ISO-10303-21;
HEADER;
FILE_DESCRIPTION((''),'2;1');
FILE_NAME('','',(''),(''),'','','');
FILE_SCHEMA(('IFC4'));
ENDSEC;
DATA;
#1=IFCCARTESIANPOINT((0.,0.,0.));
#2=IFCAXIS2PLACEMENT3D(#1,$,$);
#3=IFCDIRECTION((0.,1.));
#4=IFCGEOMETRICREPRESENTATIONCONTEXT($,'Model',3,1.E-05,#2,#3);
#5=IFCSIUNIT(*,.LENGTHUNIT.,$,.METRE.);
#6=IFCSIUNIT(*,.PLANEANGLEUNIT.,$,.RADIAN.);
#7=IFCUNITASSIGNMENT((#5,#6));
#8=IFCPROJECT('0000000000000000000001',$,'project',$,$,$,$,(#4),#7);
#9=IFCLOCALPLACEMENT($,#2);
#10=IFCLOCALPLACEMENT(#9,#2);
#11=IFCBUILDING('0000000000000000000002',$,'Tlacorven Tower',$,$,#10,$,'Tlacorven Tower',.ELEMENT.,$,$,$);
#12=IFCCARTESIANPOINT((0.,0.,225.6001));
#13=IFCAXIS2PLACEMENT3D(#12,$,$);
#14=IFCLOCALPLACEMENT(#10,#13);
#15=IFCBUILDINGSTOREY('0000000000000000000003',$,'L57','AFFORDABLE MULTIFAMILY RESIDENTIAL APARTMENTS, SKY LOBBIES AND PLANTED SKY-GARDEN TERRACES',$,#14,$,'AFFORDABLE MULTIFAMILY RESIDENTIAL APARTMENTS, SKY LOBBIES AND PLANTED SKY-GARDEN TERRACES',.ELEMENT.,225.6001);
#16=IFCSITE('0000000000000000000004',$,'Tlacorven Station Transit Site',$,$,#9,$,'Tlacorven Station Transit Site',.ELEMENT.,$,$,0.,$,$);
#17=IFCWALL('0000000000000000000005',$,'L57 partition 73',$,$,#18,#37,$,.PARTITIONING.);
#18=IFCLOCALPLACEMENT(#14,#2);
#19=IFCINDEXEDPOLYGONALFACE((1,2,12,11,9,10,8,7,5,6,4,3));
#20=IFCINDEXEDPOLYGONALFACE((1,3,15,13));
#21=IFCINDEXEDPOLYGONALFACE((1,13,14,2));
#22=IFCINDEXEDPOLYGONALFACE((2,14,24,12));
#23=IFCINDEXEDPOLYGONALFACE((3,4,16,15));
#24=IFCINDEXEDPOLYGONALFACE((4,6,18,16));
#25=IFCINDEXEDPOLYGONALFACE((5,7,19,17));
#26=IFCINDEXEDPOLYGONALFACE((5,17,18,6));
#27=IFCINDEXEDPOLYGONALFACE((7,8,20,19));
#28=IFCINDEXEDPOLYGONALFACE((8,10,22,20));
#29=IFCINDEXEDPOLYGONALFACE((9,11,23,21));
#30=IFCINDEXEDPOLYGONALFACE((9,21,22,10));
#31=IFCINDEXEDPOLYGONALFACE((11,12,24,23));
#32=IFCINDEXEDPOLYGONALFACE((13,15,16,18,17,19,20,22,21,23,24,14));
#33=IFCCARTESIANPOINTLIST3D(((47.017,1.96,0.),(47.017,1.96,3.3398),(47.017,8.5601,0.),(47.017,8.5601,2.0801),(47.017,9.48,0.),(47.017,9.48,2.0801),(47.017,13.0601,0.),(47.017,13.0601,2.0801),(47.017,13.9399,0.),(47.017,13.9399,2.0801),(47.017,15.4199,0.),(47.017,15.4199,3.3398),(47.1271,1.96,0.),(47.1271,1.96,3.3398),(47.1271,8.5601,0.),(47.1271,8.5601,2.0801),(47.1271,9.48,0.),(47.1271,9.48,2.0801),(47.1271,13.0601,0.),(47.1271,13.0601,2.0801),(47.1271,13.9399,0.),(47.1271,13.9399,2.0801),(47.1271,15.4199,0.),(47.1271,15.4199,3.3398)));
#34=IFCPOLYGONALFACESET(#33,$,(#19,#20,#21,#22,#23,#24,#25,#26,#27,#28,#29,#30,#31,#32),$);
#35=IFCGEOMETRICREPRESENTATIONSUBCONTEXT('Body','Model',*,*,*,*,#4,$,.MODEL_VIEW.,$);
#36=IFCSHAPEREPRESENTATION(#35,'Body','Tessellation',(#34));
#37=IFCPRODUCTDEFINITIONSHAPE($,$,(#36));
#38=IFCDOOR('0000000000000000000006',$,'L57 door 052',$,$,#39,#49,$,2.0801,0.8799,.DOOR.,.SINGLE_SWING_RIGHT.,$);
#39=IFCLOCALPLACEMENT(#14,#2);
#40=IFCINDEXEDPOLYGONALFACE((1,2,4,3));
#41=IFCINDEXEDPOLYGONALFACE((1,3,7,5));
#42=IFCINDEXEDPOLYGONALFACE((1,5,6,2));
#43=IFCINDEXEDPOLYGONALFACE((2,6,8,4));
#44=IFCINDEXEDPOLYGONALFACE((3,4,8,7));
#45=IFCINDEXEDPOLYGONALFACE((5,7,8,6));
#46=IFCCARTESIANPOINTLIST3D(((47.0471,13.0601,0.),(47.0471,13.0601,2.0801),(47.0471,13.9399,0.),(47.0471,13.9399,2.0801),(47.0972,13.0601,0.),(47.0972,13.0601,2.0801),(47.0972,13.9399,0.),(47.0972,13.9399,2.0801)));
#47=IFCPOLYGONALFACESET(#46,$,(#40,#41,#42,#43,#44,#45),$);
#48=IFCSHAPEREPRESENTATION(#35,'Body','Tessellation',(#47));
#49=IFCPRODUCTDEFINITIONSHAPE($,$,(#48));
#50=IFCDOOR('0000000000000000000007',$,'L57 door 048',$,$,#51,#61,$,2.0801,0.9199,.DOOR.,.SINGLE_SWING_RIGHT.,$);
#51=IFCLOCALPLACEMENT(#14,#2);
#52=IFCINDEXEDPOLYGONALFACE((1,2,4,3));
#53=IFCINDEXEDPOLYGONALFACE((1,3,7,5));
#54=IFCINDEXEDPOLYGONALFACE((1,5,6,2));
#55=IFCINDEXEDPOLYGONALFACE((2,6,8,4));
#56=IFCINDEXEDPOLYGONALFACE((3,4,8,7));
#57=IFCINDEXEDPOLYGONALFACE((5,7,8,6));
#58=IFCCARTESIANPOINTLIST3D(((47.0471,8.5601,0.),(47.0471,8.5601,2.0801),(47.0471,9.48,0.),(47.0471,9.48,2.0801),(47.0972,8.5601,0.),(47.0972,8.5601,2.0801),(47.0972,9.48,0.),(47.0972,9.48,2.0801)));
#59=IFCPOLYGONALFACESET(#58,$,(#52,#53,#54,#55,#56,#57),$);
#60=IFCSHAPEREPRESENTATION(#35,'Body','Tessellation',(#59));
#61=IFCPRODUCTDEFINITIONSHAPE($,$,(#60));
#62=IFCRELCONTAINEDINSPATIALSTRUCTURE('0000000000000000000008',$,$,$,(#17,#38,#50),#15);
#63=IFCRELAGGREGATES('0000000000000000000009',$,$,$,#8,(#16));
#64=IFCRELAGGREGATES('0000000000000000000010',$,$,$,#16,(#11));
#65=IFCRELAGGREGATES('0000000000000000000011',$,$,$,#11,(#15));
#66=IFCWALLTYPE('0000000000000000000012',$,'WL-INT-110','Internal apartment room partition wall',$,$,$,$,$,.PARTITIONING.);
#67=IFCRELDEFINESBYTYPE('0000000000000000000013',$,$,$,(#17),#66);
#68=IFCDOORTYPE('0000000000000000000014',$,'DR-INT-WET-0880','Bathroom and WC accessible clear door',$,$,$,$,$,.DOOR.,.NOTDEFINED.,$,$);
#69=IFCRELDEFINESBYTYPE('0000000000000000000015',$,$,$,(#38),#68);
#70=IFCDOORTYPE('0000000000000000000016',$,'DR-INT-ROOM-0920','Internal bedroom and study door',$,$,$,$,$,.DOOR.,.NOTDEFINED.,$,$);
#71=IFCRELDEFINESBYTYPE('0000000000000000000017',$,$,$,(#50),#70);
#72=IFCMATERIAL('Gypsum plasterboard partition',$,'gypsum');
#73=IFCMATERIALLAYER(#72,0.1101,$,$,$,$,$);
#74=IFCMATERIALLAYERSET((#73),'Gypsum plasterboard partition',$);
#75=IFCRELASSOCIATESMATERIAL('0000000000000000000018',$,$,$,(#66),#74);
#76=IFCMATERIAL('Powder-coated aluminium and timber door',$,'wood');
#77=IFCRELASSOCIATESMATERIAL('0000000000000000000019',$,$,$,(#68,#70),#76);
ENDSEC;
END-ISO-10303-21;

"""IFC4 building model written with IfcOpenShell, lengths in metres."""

from ifc_helpers import new_model, si_unit, direction, frame, frame_2d, origin, place, context, subcontext, project, spatial, rectangle, extrude, source, transform, mapped, material, layer, layer_set, type_object, element, fill, save


model = new_model("IFC4")

# Units and contexts
model_context = context("Model", 3, precision=1e-05, world=origin(), true_north=direction((0.0, 1.0)))
body_context = subcontext(model_context, "Body", "Model", "MODEL_VIEW")
ifc_project = project(units=[si_unit("LENGTHUNIT", "METRE"), si_unit("PLANEANGLEUNIT", "RADIAN")], contexts=[model_context])

# Site, building, storey
site_placement = place(None, origin())
site = spatial("IfcSite", under=ifc_project, at=site_placement, Name="Tlacorven Station Transit Site", LongName="Tlacorven Station Transit Site", CompositionType="ELEMENT", RefElevation=0.0)
building_placement = place(site_placement, origin())
building = spatial("IfcBuilding", under=site, at=building_placement, Name="Tlacorven Tower", LongName="Tlacorven Tower", CompositionType="ELEMENT")
storey_placement = place(building_placement, frame((0.0, 0.0, 225.6001)))
storey = spatial("IfcBuildingStorey", under=building, at=storey_placement, Name="L57", Description="AFFORDABLE MULTIFAMILY RESIDENTIAL APARTMENTS, SKY LOBBIES AND PLANTED SKY-GARDEN TERRACES", LongName="AFFORDABLE MULTIFAMILY RESIDENTIAL APARTMENTS, SKY LOBBIES AND PLANTED SKY-GARDEN TERRACES", CompositionType="ELEMENT", Elevation=225.6001)

# Wall, openings, doors
ifc_material_1 = material(Name="Gypsum plasterboard partition", Category="gypsum")
ifc_layer_1 = layer(ifc_material_1, 0.1101)
ifc_layer_set_1 = layer_set([ifc_layer_1], Name="Gypsum plasterboard partition")
wall_type_1 = type_object("IfcWallType", Name="WL-INT-110", Description="Internal apartment room partition wall", PredefinedType="PARTITIONING", material=ifc_layer_set_1)
ifc_material_2 = material(Name="Powder-coated aluminium and timber door", Category="wood")
door_type_1 = type_object("IfcDoorType", Name="DR-INT-WET-0880", Description="Bathroom and WC accessible clear door", OperationType="NOTDEFINED", PredefinedType="DOOR", material=ifc_material_2)
shared_shape_1 = source(origin(), body_context, "Body", "SweptSolid", [
    extrude(rectangle(XDim=0.8799, YDim=2.0801, at=frame_2d((0.4399, 1.04))), frame((0.0, 0.0249, 0.0), z_axis=(0.0, -1.0, 0.0), x_axis=(1.0, 0.0, 0.0)), (0.0, 0.0, 1.0), 0.05),
])
door_type_2 = type_object("IfcDoorType", Name="DR-INT-ROOM-0920", Description="Internal bedroom and study door", OperationType="NOTDEFINED", PredefinedType="DOOR", material=ifc_material_2)
shared_shape_2 = source(origin(), body_context, "Body", "SweptSolid", [
    extrude(rectangle(XDim=0.9199, YDim=2.0801, at=frame_2d((0.46, 1.04))), frame((0.0, 0.0249, 0.0), z_axis=(0.0, -1.0, 0.0), x_axis=(1.0, 0.0, 0.0)), (0.0, 0.0, 1.0), 0.05),
])
wall_1_placement = place(storey_placement, frame((47.072, 1.96, 0.0), z_axis=(0.0, 0.0, 1.0), x_axis=(0.0, 1.0, 0.0)))
wall_1 = element("IfcWall", 1, at=wall_1_placement, inside=storey, type_object=wall_type_1, Name="L57 partition 73", PredefinedType="PARTITIONING", context=body_context, shape_type="SweptSolid", body=[
    extrude(rectangle(XDim=13.46, YDim=0.1101, at=frame_2d((6.73, 0.0))), origin(), (0.0, 0.0, 1.0), 3.3398),
])
opening_1_placement = place(wall_1_placement, frame((6.6001, 0.0, 0.0)))
opening_1 = element("IfcOpeningElement", 2, at=opening_1_placement, cuts=wall_1, PredefinedType="OPENING", context=body_context, shape_type="SweptSolid", body=[
    extrude(rectangle(XDim=0.9199, YDim=2.0801, at=frame_2d((0.46, 1.04))), frame((0.0, 0.0649, 0.0), z_axis=(0.0, -1.0, 0.0), x_axis=(1.0, 0.0, 0.0)), (0.0, 0.0, 1.0), 0.1301),
])
opening_2_placement = place(wall_1_placement, frame((11.1001, 0.0, 0.0)))
opening_2 = element("IfcOpeningElement", 3, at=opening_2_placement, cuts=wall_1, PredefinedType="OPENING", context=body_context, shape_type="SweptSolid", body=[
    extrude(rectangle(XDim=0.8799, YDim=2.0801, at=frame_2d((0.4399, 1.04))), frame((0.0, 0.0649, 0.0), z_axis=(0.0, -1.0, 0.0), x_axis=(1.0, 0.0, 0.0)), (0.0, 0.0, 1.0), 0.1301),
])
door_1_placement = place(opening_2_placement, origin())
door_1 = element("IfcDoor", 4, at=door_1_placement, inside=storey, type_object=door_type_1, Name="L57 door 052", OperationType="SINGLE_SWING_RIGHT", OverallHeight=2.0801, OverallWidth=0.8799, PredefinedType="DOOR", context=body_context, shape_type="MappedRepresentation", body=[
    mapped(shared_shape_1, transform((0.0, 0.0, 0.0), scale=1.0)),
])
fill(opening_2, door_1)
door_2_placement = place(opening_1_placement, origin())
door_2 = element("IfcDoor", 5, at=door_2_placement, inside=storey, type_object=door_type_2, Name="L57 door 048", OperationType="SINGLE_SWING_RIGHT", OverallHeight=2.0801, OverallWidth=0.9199, PredefinedType="DOOR", context=body_context, shape_type="MappedRepresentation", body=[
    mapped(shared_shape_2, transform((0.0, 0.0, 0.0), scale=1.0)),
])
fill(opening_1, door_2)

save(model, "model.ifc")
